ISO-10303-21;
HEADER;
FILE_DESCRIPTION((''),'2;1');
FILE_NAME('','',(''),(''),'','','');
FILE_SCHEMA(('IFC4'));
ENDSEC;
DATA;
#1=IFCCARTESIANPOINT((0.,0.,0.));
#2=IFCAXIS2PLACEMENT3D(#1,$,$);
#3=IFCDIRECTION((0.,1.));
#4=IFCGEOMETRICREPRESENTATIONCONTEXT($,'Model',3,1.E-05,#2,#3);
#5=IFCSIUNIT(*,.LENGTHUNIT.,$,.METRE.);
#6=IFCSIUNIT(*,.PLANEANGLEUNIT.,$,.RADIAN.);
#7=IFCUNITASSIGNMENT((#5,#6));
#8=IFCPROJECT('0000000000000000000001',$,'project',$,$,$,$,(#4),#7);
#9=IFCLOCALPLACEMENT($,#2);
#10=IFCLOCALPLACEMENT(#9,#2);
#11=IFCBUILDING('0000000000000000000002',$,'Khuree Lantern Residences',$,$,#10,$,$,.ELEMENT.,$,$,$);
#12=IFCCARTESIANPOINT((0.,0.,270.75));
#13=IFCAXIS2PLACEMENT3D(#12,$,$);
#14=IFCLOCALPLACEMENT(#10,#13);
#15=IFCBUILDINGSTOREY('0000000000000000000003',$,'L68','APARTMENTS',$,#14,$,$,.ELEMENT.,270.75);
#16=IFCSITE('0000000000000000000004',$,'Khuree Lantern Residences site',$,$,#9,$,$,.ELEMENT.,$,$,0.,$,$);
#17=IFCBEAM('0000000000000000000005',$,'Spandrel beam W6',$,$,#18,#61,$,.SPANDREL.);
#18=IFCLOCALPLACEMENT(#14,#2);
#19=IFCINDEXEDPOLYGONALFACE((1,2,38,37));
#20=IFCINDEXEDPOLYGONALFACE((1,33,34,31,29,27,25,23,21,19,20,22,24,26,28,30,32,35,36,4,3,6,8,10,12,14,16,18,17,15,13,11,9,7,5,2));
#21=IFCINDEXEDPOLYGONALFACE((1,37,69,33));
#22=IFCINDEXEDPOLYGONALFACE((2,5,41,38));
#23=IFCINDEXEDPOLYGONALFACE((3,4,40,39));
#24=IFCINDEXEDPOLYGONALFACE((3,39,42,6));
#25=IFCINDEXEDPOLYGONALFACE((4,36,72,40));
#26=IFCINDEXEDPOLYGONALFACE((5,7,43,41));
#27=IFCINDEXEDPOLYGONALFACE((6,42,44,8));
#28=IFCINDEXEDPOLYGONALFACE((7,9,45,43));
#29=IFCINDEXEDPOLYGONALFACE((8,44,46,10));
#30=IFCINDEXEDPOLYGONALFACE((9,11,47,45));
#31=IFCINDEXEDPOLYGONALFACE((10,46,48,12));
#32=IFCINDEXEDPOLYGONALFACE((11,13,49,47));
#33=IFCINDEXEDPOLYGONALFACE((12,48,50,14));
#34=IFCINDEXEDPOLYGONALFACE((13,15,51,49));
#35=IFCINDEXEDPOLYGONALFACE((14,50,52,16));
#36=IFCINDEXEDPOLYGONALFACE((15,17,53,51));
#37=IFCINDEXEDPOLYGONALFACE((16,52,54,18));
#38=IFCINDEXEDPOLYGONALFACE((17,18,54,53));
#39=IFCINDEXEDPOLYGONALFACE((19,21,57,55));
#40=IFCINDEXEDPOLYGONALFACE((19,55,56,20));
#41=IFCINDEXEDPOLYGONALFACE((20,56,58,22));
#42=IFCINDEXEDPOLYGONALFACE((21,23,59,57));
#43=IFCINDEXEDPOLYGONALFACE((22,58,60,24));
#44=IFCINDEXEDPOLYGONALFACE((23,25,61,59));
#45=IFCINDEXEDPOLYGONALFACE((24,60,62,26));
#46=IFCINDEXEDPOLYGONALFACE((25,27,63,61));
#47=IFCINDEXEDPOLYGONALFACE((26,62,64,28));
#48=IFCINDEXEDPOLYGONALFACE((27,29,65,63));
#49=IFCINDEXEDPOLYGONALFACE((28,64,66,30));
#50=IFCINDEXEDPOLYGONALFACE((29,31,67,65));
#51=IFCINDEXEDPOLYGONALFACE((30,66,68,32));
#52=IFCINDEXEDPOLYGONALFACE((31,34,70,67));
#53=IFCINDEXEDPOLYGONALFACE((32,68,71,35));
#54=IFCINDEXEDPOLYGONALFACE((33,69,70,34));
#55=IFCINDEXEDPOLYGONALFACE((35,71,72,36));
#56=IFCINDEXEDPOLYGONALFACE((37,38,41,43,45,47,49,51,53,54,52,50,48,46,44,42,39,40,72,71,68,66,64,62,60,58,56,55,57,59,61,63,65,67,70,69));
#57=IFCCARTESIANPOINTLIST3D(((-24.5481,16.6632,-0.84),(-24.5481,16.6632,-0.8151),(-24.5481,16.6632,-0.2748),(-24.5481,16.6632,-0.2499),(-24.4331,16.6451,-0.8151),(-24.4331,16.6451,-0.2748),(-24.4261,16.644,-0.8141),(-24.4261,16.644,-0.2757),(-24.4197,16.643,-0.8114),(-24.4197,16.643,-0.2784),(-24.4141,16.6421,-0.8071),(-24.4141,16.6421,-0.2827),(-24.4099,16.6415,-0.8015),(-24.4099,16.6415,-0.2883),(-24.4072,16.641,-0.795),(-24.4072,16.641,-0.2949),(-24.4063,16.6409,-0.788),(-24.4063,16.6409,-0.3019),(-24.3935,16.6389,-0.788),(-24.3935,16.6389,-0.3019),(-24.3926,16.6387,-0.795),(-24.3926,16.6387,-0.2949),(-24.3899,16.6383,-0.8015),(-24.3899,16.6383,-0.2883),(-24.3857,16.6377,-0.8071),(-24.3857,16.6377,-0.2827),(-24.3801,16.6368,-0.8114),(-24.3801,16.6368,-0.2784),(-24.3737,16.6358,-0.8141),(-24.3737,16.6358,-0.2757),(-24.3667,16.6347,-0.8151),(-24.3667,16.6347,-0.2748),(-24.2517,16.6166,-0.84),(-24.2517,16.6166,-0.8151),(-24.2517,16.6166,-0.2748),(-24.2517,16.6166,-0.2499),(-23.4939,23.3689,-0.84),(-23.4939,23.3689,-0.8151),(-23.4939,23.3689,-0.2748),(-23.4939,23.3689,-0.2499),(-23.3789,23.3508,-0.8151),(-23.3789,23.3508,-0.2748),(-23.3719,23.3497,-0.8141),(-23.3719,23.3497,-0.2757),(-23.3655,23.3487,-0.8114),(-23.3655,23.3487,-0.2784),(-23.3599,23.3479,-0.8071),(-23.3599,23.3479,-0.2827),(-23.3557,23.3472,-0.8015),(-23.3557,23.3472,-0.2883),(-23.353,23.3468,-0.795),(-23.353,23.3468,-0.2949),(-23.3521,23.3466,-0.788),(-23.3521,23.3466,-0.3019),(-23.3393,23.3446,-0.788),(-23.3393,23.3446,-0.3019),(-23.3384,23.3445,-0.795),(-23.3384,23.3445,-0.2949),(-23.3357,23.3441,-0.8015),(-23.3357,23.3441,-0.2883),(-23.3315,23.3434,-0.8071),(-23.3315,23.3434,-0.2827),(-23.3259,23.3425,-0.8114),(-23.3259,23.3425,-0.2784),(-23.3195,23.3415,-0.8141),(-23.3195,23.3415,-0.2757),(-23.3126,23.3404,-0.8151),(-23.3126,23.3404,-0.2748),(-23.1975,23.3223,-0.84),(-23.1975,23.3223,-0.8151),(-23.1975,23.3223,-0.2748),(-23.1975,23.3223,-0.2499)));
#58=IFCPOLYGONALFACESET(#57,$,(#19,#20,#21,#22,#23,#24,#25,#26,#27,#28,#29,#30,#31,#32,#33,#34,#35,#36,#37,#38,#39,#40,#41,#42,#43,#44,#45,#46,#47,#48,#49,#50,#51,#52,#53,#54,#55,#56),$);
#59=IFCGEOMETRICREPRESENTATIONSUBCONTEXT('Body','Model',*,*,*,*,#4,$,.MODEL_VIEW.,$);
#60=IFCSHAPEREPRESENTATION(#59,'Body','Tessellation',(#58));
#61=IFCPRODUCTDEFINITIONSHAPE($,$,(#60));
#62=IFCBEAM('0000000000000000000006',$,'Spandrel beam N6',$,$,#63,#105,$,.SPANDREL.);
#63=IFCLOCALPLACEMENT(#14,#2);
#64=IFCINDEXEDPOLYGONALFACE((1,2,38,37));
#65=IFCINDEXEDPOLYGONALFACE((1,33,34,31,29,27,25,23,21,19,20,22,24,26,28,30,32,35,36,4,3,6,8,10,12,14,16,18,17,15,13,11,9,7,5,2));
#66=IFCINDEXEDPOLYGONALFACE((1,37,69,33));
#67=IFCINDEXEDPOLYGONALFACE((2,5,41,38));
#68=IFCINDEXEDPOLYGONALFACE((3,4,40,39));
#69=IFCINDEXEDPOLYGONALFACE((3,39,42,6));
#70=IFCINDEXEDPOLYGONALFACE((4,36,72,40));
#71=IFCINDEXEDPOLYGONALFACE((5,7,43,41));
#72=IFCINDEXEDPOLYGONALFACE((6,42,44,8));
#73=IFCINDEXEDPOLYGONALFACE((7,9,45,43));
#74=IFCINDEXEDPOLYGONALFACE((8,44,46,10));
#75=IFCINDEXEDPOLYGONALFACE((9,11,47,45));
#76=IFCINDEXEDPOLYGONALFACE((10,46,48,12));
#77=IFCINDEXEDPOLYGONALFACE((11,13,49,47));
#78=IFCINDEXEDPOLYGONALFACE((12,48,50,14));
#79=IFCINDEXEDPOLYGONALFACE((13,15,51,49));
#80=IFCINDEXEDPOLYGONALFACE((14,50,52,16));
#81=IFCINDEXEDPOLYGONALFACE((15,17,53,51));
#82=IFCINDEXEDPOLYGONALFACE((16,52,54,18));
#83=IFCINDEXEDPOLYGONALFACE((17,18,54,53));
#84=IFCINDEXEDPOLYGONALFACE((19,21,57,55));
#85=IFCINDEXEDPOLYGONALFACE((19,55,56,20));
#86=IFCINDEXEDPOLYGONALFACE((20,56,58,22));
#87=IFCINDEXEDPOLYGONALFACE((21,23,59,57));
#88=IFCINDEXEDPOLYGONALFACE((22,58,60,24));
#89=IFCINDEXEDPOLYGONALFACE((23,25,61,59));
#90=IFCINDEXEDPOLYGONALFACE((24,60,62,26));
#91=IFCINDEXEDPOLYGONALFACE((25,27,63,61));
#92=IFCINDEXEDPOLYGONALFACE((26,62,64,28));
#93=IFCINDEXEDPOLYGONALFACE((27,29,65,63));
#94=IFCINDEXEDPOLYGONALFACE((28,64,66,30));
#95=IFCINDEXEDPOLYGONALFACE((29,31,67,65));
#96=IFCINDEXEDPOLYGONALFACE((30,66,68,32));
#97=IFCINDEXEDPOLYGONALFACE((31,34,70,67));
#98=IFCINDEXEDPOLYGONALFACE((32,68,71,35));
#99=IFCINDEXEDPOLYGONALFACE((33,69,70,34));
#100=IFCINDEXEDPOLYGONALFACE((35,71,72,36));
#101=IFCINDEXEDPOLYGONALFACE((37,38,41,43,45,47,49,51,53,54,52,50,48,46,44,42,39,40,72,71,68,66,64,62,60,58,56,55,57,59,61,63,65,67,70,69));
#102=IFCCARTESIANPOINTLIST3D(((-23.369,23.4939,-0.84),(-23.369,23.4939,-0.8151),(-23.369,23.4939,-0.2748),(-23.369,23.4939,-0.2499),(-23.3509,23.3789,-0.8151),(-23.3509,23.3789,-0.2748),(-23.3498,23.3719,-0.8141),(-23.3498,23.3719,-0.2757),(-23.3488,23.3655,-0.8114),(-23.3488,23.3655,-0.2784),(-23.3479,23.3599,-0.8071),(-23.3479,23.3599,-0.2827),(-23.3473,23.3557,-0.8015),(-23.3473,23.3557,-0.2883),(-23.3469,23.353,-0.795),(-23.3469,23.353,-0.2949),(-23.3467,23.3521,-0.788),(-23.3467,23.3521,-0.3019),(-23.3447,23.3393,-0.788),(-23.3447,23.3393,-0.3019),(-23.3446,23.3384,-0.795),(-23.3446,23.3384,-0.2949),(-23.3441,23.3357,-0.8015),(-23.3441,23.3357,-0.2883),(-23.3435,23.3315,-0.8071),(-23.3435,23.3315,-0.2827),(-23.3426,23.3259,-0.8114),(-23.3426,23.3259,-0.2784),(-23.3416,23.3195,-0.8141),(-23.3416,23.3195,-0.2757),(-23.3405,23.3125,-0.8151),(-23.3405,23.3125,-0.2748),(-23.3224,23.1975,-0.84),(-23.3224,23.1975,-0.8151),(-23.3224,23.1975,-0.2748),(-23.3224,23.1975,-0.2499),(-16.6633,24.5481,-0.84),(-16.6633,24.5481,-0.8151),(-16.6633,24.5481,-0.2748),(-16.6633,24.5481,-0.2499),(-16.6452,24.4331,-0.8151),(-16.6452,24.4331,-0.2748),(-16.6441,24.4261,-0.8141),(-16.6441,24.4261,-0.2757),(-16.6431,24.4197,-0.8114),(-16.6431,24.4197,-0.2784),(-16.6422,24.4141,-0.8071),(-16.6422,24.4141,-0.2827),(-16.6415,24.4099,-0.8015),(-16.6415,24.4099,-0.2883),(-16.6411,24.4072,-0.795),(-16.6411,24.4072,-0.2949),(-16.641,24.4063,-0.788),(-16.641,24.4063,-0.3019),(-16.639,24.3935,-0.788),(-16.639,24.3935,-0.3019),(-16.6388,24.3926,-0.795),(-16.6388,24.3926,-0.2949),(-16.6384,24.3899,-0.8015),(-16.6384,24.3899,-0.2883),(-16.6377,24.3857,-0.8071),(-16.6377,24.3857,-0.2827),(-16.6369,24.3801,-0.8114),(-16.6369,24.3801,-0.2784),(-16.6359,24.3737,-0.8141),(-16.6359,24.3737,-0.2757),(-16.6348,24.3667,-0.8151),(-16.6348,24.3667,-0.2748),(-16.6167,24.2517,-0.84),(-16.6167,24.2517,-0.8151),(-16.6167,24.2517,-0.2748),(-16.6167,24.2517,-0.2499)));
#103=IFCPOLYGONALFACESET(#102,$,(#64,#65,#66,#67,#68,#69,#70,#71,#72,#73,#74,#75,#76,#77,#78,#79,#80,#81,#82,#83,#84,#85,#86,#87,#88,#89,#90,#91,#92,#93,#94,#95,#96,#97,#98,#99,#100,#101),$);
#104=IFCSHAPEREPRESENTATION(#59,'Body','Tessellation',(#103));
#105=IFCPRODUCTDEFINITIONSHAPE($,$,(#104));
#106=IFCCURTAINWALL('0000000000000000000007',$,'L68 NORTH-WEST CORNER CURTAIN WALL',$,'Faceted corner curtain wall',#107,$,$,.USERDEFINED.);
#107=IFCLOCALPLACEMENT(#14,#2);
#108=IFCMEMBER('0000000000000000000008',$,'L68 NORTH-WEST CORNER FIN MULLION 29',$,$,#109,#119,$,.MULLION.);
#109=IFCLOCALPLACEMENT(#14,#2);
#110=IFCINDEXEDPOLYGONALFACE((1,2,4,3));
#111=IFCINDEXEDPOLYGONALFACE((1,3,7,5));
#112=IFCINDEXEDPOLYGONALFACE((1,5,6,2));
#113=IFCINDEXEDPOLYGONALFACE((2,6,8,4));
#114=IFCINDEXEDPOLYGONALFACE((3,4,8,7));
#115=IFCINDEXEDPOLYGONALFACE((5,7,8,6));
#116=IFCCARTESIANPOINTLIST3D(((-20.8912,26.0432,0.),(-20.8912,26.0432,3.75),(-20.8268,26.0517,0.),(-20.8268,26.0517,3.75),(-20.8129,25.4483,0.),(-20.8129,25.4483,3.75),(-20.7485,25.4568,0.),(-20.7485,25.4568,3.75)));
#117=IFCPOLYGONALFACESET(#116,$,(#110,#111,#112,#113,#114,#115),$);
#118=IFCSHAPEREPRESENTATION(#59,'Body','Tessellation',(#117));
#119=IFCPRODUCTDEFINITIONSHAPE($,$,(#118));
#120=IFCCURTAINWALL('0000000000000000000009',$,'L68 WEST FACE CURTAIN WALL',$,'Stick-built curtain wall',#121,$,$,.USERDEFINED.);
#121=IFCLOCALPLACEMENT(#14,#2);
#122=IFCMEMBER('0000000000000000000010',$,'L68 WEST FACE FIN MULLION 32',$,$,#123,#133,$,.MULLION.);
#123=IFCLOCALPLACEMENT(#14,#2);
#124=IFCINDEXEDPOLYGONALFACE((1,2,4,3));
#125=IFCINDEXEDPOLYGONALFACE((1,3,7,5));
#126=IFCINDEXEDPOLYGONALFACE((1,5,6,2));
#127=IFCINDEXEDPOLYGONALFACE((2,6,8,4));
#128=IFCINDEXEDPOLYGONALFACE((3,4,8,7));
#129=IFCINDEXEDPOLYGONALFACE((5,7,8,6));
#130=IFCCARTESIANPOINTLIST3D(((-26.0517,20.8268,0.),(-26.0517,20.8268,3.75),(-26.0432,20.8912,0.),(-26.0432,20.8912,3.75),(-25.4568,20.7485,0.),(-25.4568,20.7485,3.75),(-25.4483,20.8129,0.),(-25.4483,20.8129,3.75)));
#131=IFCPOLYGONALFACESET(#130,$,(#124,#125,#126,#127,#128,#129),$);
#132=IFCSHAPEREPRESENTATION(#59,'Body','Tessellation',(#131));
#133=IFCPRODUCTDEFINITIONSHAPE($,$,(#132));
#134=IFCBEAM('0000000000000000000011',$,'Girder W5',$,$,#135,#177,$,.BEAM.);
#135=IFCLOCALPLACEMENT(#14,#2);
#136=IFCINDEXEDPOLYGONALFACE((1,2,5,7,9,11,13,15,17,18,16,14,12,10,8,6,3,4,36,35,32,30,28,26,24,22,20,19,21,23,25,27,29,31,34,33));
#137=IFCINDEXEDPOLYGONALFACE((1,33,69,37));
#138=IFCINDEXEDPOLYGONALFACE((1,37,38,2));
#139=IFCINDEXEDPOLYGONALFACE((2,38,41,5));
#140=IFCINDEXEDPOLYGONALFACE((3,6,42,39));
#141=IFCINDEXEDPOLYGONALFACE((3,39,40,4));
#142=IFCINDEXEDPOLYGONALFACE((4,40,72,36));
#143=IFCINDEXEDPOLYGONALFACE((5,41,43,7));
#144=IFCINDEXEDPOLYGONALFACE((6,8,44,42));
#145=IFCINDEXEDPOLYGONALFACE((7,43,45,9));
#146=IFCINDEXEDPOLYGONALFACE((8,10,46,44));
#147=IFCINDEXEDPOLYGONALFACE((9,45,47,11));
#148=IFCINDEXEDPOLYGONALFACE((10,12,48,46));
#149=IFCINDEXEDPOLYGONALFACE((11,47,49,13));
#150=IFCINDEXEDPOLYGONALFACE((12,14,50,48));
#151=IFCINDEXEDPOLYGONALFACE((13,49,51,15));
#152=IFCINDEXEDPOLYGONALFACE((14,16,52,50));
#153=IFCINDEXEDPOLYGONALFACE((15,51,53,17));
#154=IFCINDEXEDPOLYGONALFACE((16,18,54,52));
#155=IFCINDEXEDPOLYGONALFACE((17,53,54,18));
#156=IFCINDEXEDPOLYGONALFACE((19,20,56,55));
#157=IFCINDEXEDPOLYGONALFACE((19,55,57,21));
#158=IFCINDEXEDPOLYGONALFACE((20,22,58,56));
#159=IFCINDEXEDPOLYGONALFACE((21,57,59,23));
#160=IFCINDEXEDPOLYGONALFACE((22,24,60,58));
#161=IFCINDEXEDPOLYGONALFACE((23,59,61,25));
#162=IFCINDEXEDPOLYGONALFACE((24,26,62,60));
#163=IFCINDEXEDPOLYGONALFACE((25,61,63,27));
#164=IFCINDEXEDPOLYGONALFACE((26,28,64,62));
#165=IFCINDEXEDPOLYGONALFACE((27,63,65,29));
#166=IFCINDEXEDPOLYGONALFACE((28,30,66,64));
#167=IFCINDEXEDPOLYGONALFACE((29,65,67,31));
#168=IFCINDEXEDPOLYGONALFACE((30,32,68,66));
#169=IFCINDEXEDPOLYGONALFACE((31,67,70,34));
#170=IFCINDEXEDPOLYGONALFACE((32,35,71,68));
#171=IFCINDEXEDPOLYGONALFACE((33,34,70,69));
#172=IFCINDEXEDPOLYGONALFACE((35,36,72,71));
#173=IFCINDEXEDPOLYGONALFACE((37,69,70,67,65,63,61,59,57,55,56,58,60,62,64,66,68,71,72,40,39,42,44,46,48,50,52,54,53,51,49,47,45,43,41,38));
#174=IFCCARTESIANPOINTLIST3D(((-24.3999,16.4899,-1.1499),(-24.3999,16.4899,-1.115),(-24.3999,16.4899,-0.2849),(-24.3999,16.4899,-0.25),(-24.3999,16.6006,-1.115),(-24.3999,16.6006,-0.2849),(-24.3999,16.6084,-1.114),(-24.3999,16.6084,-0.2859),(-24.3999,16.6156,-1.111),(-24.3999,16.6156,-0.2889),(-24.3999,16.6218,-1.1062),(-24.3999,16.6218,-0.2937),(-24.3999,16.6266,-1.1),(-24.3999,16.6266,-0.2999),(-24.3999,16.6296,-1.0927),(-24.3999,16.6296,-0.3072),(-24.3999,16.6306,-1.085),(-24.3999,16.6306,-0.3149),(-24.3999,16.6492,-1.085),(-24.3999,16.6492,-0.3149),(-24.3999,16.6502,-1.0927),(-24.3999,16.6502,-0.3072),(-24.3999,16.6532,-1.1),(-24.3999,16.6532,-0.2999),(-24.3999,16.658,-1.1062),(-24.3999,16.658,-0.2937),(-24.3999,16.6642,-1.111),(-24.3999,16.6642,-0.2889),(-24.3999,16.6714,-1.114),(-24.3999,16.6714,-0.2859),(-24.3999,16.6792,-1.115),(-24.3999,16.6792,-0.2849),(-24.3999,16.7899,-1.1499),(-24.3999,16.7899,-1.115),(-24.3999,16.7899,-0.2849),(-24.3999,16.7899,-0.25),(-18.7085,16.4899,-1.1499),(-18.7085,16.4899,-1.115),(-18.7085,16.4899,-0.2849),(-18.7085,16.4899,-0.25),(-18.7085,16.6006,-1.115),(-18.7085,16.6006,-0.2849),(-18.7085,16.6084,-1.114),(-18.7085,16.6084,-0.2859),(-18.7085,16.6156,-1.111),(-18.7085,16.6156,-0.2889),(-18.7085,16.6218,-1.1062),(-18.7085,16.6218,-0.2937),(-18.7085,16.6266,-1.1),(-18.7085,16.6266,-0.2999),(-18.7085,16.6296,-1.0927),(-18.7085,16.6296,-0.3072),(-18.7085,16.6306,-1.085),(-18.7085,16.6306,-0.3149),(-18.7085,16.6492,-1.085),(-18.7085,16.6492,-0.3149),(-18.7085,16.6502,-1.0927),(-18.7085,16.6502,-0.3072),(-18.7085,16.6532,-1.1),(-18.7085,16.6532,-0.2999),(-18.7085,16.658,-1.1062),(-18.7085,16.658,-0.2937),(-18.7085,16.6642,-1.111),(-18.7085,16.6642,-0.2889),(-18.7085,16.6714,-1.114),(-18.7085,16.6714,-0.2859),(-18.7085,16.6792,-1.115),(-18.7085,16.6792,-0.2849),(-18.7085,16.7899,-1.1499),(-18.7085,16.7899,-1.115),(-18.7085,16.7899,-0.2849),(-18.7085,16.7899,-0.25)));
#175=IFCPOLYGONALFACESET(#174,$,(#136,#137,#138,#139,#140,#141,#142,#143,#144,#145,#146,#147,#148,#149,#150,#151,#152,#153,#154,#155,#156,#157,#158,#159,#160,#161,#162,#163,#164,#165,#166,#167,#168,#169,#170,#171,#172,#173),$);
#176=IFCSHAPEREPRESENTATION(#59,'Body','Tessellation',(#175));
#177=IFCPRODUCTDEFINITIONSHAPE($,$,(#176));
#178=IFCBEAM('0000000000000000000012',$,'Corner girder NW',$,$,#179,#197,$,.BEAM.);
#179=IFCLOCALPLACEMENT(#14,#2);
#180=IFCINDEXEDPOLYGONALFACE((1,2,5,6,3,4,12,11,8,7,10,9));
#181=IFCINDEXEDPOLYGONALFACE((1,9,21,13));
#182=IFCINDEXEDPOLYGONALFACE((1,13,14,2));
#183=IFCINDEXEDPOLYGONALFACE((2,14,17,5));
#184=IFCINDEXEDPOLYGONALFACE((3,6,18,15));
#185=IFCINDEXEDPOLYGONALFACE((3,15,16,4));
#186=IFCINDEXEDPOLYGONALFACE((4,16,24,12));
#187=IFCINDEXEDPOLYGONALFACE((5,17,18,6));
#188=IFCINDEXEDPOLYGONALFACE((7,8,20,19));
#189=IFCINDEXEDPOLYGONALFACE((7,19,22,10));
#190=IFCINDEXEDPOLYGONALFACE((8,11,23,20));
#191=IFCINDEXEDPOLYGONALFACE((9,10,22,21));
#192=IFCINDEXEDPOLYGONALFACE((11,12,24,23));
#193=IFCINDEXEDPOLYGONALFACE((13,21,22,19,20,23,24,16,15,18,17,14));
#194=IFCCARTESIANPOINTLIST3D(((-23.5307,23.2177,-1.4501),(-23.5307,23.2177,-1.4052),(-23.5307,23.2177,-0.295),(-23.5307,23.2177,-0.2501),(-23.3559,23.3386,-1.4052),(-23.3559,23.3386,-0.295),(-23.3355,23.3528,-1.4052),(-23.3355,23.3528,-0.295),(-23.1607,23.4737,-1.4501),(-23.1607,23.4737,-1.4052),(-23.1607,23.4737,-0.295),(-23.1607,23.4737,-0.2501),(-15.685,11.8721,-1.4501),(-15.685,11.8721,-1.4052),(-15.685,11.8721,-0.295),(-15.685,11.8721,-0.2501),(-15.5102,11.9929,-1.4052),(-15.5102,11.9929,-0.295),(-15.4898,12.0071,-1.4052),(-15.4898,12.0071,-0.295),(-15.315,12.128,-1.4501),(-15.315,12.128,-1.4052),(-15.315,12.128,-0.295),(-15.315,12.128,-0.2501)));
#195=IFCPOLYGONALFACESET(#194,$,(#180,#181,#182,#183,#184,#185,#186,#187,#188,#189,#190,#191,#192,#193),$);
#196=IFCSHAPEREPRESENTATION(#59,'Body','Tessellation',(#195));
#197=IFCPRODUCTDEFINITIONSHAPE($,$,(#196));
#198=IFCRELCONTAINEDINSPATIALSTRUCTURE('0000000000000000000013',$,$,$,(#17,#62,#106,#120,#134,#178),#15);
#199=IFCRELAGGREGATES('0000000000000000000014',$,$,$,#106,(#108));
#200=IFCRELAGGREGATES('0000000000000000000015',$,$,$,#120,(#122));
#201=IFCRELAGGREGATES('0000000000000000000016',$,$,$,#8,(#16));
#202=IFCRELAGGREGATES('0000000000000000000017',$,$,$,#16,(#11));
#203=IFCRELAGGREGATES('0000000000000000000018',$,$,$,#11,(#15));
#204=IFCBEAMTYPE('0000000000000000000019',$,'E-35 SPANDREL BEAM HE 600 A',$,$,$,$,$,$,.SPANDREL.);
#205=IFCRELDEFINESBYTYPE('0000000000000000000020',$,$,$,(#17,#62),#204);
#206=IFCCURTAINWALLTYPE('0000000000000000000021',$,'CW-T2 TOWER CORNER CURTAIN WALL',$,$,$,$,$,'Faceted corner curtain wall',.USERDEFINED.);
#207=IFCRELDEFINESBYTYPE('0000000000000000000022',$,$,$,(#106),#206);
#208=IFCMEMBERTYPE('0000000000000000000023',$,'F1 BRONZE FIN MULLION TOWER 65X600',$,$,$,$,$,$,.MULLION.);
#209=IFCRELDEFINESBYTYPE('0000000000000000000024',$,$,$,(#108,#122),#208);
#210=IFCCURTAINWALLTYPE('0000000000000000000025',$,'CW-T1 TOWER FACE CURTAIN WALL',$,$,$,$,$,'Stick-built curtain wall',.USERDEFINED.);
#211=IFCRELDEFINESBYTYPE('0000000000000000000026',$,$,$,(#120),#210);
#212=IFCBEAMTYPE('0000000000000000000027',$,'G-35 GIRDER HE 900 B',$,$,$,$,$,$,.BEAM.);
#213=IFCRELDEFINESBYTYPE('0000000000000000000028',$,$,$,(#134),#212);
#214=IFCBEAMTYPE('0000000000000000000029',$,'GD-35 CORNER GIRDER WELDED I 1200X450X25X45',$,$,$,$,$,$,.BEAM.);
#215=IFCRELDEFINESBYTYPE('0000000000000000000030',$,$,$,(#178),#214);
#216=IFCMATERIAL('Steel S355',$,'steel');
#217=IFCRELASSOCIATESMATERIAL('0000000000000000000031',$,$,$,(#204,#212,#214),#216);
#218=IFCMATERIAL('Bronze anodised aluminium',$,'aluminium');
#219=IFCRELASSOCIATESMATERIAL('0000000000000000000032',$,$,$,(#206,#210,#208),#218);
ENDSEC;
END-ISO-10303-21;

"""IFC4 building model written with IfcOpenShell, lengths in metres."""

from ifc_helpers import new_model, si_unit, direction, frame, origin, origin_2d, place, context, subcontext, project, spatial, rectangle, i_section, extrude, material, material_profile, profile_set, type_object, element, aggregate, save


model = new_model("IFC4")

# Units and contexts
model_context = context("Model", 3, precision=1e-05, world=origin(), true_north=direction((0.0, 1.0)))
body_context = subcontext(model_context, "Body", "Model", "MODEL_VIEW")
ifc_project = project(units=[si_unit("LENGTHUNIT", "METRE"), si_unit("PLANEANGLEUNIT", "RADIAN")], contexts=[model_context])

# Site, building, storey
site_placement = place(None, origin())
site = spatial("IfcSite", under=ifc_project, at=site_placement, Name="Khuree Lantern Residences site", CompositionType="ELEMENT", RefElevation=0.0)
building_placement = place(site_placement, origin())
building = spatial("IfcBuilding", under=site, at=building_placement, Name="Khuree Lantern Residences", CompositionType="ELEMENT")
storey_placement = place(building_placement, frame((0.0, 0.0, 270.75)))
storey = spatial("IfcBuildingStorey", under=building, at=storey_placement, Name="L68", Description="APARTMENTS", CompositionType="ELEMENT", Elevation=270.75)

# Beams
ifc_material_1 = material(Name="Steel S355", Category="steel")
ifc_material_profile_1 = material_profile(ifc_material_1, i_section(OverallWidth=0.3, OverallDepth=0.5901, WebThickness=0.0129, FlangeThickness=0.0249, FilletRadius=0.0271, at=origin_2d()), Name="HE 600 A")
ifc_profile_set_1 = profile_set([ifc_material_profile_1], Name="Steel S355")
beam_type_1 = type_object("IfcBeamType", Name="E-35 SPANDREL BEAM HE 600 A", PredefinedType="SPANDREL", material=ifc_profile_set_1)
for number, where, z_axis, x_axis, name in (
    (1, (-24.3999, 16.6399, -0.5449), (0.1553, 0.987867, 0.0), (-0.987867, 0.1553, 0.0), "Spandrel beam W6"),
    (2, (-23.3457, 23.3457, -0.5449), (0.987867, 0.1553, 0.0), (-0.1553, 0.987867, 0.0), "Spandrel beam N6"),
):
    element("IfcBeam", number, at=place(storey_placement, frame(where, z_axis=z_axis, x_axis=x_axis)), inside=storey, type_object=beam_type_1, Name=name, PredefinedType="SPANDREL", context=body_context, shape_type="SweptSolid", body=[
        extrude(i_section(OverallWidth=0.3, OverallDepth=0.5901, WebThickness=0.0129, FlangeThickness=0.0249, FilletRadius=0.0271, at=origin_2d()), origin(), (0.0, 0.0, 1.0), 6.7881),
    ])

# Curtain walls, members
ifc_material_2 = material(Name="Bronze anodised aluminium", Category="aluminium")
curtain_wall_type_1 = type_object("IfcCurtainWallType", Name="CW-T2 TOWER CORNER CURTAIN WALL", ElementType="Faceted corner curtain wall", PredefinedType="USERDEFINED", material=ifc_material_2)
curtain_wall_1_placement = place(storey_placement, origin())
curtain_wall_1 = element("IfcCurtainWall", 3, at=curtain_wall_1_placement, inside=storey, type_object=curtain_wall_type_1, Name="L68 NORTH-WEST CORNER CURTAIN WALL", ObjectType="Faceted corner curtain wall", PredefinedType="USERDEFINED")
ifc_material_profile_2 = material_profile(ifc_material_2, rectangle(XDim=0.0649, YDim=0.6001, at=origin_2d()), Name="F1 65X600")
ifc_profile_set_2 = profile_set([ifc_material_profile_2], Name="Bronze anodised aluminium")
member_type_1 = type_object("IfcMemberType", Name="F1 BRONZE FIN MULLION TOWER 65X600", PredefinedType="MULLION", material=ifc_profile_set_2)
member_1_placement = place(storey_placement, frame((-20.8198, 25.75, 0.0), z_axis=(0.0, 0.0, 1.0), x_axis=(-0.991445, -0.130526, 0.0)))
member_1 = element("IfcMember", 4, at=member_1_placement, type_object=member_type_1, Name="L68 NORTH-WEST CORNER FIN MULLION 29", PredefinedType="MULLION", context=body_context, shape_type="SweptSolid", body=[
    extrude(rectangle(XDim=0.0649, YDim=0.6001, at=origin_2d()), origin(), (0.0, 0.0, 1.0), 3.75),
])
curtain_wall_type_2 = type_object("IfcCurtainWallType", Name="CW-T1 TOWER FACE CURTAIN WALL", ElementType="Stick-built curtain wall", PredefinedType="USERDEFINED", material=ifc_material_2)
curtain_wall_2_placement = place(storey_placement, origin())
curtain_wall_2 = element("IfcCurtainWall", 5, at=curtain_wall_2_placement, inside=storey, type_object=curtain_wall_type_2, Name="L68 WEST FACE CURTAIN WALL", ObjectType="Stick-built curtain wall", PredefinedType="USERDEFINED")
member_2_placement = place(storey_placement, frame((-25.75, 20.8198, 0.0), z_axis=(0.0, 0.0, 1.0), x_axis=(-0.130526, -0.991445, 0.0)))
member_2 = element("IfcMember", 6, at=member_2_placement, type_object=member_type_1, Name="L68 WEST FACE FIN MULLION 32", PredefinedType="MULLION", context=body_context, shape_type="SweptSolid", body=[
    extrude(rectangle(XDim=0.0649, YDim=0.6001, at=origin_2d()), origin(), (0.0, 0.0, 1.0), 3.75),
])

# Beams
ifc_material_profile_3 = material_profile(ifc_material_1, i_section(OverallWidth=0.3, OverallDepth=0.8999, WebThickness=0.0186, FlangeThickness=0.0349, FilletRadius=0.03, at=origin_2d()), Name="HE 900 B")
ifc_profile_set_3 = profile_set([ifc_material_profile_3], Name="Steel S355")
beam_type_2 = type_object("IfcBeamType", Name="G-35 GIRDER HE 900 B", PredefinedType="BEAM", material=ifc_profile_set_3)
beam_1_placement = place(storey_placement, frame((-24.3999, 16.6399, -0.7), z_axis=(1.0, 0.0, 0.0), x_axis=(0.0, 1.0, 0.0)))
element("IfcBeam", 7, at=beam_1_placement, inside=storey, type_object=beam_type_2, Name="Girder W5", PredefinedType="BEAM", context=body_context, shape_type="SweptSolid", body=[
    extrude(i_section(OverallWidth=0.3, OverallDepth=0.8999, WebThickness=0.0186, FlangeThickness=0.0349, FilletRadius=0.03, at=origin_2d()), origin(), (0.0, 0.0, 1.0), 5.6914),
])
ifc_material_profile_4 = material_profile(ifc_material_1, i_section(OverallWidth=0.45, OverallDepth=1.2, WebThickness=0.0249, FlangeThickness=0.0449, at=origin_2d()), Name="WELDED I 1200X450X25X45")
ifc_profile_set_4 = profile_set([ifc_material_profile_4], Name="Steel S355")
beam_type_3 = type_object("IfcBeamType", Name="GD-35 CORNER GIRDER WELDED I 1200X450X25X45", PredefinedType="BEAM", material=ifc_profile_set_4)
beam_2_placement = place(storey_placement, frame((-23.3457, 23.3457, -0.8501), z_axis=(0.568768, -0.822498, 0.0), x_axis=(0.822498, 0.568768, 0.0)))
element("IfcBeam", 8, at=beam_2_placement, inside=storey, type_object=beam_type_3, Name="Corner girder NW", PredefinedType="BEAM", context=body_context, shape_type="SweptSolid", body=[
    extrude(i_section(OverallWidth=0.45, OverallDepth=1.2, WebThickness=0.0249, FlangeThickness=0.0449, at=origin_2d()), origin(), (0.0, 0.0, 1.0), 13.7942),
])

aggregate(curtain_wall_1, [member_1])
aggregate(curtain_wall_2, [member_2])

save(model, "model.ifc")
